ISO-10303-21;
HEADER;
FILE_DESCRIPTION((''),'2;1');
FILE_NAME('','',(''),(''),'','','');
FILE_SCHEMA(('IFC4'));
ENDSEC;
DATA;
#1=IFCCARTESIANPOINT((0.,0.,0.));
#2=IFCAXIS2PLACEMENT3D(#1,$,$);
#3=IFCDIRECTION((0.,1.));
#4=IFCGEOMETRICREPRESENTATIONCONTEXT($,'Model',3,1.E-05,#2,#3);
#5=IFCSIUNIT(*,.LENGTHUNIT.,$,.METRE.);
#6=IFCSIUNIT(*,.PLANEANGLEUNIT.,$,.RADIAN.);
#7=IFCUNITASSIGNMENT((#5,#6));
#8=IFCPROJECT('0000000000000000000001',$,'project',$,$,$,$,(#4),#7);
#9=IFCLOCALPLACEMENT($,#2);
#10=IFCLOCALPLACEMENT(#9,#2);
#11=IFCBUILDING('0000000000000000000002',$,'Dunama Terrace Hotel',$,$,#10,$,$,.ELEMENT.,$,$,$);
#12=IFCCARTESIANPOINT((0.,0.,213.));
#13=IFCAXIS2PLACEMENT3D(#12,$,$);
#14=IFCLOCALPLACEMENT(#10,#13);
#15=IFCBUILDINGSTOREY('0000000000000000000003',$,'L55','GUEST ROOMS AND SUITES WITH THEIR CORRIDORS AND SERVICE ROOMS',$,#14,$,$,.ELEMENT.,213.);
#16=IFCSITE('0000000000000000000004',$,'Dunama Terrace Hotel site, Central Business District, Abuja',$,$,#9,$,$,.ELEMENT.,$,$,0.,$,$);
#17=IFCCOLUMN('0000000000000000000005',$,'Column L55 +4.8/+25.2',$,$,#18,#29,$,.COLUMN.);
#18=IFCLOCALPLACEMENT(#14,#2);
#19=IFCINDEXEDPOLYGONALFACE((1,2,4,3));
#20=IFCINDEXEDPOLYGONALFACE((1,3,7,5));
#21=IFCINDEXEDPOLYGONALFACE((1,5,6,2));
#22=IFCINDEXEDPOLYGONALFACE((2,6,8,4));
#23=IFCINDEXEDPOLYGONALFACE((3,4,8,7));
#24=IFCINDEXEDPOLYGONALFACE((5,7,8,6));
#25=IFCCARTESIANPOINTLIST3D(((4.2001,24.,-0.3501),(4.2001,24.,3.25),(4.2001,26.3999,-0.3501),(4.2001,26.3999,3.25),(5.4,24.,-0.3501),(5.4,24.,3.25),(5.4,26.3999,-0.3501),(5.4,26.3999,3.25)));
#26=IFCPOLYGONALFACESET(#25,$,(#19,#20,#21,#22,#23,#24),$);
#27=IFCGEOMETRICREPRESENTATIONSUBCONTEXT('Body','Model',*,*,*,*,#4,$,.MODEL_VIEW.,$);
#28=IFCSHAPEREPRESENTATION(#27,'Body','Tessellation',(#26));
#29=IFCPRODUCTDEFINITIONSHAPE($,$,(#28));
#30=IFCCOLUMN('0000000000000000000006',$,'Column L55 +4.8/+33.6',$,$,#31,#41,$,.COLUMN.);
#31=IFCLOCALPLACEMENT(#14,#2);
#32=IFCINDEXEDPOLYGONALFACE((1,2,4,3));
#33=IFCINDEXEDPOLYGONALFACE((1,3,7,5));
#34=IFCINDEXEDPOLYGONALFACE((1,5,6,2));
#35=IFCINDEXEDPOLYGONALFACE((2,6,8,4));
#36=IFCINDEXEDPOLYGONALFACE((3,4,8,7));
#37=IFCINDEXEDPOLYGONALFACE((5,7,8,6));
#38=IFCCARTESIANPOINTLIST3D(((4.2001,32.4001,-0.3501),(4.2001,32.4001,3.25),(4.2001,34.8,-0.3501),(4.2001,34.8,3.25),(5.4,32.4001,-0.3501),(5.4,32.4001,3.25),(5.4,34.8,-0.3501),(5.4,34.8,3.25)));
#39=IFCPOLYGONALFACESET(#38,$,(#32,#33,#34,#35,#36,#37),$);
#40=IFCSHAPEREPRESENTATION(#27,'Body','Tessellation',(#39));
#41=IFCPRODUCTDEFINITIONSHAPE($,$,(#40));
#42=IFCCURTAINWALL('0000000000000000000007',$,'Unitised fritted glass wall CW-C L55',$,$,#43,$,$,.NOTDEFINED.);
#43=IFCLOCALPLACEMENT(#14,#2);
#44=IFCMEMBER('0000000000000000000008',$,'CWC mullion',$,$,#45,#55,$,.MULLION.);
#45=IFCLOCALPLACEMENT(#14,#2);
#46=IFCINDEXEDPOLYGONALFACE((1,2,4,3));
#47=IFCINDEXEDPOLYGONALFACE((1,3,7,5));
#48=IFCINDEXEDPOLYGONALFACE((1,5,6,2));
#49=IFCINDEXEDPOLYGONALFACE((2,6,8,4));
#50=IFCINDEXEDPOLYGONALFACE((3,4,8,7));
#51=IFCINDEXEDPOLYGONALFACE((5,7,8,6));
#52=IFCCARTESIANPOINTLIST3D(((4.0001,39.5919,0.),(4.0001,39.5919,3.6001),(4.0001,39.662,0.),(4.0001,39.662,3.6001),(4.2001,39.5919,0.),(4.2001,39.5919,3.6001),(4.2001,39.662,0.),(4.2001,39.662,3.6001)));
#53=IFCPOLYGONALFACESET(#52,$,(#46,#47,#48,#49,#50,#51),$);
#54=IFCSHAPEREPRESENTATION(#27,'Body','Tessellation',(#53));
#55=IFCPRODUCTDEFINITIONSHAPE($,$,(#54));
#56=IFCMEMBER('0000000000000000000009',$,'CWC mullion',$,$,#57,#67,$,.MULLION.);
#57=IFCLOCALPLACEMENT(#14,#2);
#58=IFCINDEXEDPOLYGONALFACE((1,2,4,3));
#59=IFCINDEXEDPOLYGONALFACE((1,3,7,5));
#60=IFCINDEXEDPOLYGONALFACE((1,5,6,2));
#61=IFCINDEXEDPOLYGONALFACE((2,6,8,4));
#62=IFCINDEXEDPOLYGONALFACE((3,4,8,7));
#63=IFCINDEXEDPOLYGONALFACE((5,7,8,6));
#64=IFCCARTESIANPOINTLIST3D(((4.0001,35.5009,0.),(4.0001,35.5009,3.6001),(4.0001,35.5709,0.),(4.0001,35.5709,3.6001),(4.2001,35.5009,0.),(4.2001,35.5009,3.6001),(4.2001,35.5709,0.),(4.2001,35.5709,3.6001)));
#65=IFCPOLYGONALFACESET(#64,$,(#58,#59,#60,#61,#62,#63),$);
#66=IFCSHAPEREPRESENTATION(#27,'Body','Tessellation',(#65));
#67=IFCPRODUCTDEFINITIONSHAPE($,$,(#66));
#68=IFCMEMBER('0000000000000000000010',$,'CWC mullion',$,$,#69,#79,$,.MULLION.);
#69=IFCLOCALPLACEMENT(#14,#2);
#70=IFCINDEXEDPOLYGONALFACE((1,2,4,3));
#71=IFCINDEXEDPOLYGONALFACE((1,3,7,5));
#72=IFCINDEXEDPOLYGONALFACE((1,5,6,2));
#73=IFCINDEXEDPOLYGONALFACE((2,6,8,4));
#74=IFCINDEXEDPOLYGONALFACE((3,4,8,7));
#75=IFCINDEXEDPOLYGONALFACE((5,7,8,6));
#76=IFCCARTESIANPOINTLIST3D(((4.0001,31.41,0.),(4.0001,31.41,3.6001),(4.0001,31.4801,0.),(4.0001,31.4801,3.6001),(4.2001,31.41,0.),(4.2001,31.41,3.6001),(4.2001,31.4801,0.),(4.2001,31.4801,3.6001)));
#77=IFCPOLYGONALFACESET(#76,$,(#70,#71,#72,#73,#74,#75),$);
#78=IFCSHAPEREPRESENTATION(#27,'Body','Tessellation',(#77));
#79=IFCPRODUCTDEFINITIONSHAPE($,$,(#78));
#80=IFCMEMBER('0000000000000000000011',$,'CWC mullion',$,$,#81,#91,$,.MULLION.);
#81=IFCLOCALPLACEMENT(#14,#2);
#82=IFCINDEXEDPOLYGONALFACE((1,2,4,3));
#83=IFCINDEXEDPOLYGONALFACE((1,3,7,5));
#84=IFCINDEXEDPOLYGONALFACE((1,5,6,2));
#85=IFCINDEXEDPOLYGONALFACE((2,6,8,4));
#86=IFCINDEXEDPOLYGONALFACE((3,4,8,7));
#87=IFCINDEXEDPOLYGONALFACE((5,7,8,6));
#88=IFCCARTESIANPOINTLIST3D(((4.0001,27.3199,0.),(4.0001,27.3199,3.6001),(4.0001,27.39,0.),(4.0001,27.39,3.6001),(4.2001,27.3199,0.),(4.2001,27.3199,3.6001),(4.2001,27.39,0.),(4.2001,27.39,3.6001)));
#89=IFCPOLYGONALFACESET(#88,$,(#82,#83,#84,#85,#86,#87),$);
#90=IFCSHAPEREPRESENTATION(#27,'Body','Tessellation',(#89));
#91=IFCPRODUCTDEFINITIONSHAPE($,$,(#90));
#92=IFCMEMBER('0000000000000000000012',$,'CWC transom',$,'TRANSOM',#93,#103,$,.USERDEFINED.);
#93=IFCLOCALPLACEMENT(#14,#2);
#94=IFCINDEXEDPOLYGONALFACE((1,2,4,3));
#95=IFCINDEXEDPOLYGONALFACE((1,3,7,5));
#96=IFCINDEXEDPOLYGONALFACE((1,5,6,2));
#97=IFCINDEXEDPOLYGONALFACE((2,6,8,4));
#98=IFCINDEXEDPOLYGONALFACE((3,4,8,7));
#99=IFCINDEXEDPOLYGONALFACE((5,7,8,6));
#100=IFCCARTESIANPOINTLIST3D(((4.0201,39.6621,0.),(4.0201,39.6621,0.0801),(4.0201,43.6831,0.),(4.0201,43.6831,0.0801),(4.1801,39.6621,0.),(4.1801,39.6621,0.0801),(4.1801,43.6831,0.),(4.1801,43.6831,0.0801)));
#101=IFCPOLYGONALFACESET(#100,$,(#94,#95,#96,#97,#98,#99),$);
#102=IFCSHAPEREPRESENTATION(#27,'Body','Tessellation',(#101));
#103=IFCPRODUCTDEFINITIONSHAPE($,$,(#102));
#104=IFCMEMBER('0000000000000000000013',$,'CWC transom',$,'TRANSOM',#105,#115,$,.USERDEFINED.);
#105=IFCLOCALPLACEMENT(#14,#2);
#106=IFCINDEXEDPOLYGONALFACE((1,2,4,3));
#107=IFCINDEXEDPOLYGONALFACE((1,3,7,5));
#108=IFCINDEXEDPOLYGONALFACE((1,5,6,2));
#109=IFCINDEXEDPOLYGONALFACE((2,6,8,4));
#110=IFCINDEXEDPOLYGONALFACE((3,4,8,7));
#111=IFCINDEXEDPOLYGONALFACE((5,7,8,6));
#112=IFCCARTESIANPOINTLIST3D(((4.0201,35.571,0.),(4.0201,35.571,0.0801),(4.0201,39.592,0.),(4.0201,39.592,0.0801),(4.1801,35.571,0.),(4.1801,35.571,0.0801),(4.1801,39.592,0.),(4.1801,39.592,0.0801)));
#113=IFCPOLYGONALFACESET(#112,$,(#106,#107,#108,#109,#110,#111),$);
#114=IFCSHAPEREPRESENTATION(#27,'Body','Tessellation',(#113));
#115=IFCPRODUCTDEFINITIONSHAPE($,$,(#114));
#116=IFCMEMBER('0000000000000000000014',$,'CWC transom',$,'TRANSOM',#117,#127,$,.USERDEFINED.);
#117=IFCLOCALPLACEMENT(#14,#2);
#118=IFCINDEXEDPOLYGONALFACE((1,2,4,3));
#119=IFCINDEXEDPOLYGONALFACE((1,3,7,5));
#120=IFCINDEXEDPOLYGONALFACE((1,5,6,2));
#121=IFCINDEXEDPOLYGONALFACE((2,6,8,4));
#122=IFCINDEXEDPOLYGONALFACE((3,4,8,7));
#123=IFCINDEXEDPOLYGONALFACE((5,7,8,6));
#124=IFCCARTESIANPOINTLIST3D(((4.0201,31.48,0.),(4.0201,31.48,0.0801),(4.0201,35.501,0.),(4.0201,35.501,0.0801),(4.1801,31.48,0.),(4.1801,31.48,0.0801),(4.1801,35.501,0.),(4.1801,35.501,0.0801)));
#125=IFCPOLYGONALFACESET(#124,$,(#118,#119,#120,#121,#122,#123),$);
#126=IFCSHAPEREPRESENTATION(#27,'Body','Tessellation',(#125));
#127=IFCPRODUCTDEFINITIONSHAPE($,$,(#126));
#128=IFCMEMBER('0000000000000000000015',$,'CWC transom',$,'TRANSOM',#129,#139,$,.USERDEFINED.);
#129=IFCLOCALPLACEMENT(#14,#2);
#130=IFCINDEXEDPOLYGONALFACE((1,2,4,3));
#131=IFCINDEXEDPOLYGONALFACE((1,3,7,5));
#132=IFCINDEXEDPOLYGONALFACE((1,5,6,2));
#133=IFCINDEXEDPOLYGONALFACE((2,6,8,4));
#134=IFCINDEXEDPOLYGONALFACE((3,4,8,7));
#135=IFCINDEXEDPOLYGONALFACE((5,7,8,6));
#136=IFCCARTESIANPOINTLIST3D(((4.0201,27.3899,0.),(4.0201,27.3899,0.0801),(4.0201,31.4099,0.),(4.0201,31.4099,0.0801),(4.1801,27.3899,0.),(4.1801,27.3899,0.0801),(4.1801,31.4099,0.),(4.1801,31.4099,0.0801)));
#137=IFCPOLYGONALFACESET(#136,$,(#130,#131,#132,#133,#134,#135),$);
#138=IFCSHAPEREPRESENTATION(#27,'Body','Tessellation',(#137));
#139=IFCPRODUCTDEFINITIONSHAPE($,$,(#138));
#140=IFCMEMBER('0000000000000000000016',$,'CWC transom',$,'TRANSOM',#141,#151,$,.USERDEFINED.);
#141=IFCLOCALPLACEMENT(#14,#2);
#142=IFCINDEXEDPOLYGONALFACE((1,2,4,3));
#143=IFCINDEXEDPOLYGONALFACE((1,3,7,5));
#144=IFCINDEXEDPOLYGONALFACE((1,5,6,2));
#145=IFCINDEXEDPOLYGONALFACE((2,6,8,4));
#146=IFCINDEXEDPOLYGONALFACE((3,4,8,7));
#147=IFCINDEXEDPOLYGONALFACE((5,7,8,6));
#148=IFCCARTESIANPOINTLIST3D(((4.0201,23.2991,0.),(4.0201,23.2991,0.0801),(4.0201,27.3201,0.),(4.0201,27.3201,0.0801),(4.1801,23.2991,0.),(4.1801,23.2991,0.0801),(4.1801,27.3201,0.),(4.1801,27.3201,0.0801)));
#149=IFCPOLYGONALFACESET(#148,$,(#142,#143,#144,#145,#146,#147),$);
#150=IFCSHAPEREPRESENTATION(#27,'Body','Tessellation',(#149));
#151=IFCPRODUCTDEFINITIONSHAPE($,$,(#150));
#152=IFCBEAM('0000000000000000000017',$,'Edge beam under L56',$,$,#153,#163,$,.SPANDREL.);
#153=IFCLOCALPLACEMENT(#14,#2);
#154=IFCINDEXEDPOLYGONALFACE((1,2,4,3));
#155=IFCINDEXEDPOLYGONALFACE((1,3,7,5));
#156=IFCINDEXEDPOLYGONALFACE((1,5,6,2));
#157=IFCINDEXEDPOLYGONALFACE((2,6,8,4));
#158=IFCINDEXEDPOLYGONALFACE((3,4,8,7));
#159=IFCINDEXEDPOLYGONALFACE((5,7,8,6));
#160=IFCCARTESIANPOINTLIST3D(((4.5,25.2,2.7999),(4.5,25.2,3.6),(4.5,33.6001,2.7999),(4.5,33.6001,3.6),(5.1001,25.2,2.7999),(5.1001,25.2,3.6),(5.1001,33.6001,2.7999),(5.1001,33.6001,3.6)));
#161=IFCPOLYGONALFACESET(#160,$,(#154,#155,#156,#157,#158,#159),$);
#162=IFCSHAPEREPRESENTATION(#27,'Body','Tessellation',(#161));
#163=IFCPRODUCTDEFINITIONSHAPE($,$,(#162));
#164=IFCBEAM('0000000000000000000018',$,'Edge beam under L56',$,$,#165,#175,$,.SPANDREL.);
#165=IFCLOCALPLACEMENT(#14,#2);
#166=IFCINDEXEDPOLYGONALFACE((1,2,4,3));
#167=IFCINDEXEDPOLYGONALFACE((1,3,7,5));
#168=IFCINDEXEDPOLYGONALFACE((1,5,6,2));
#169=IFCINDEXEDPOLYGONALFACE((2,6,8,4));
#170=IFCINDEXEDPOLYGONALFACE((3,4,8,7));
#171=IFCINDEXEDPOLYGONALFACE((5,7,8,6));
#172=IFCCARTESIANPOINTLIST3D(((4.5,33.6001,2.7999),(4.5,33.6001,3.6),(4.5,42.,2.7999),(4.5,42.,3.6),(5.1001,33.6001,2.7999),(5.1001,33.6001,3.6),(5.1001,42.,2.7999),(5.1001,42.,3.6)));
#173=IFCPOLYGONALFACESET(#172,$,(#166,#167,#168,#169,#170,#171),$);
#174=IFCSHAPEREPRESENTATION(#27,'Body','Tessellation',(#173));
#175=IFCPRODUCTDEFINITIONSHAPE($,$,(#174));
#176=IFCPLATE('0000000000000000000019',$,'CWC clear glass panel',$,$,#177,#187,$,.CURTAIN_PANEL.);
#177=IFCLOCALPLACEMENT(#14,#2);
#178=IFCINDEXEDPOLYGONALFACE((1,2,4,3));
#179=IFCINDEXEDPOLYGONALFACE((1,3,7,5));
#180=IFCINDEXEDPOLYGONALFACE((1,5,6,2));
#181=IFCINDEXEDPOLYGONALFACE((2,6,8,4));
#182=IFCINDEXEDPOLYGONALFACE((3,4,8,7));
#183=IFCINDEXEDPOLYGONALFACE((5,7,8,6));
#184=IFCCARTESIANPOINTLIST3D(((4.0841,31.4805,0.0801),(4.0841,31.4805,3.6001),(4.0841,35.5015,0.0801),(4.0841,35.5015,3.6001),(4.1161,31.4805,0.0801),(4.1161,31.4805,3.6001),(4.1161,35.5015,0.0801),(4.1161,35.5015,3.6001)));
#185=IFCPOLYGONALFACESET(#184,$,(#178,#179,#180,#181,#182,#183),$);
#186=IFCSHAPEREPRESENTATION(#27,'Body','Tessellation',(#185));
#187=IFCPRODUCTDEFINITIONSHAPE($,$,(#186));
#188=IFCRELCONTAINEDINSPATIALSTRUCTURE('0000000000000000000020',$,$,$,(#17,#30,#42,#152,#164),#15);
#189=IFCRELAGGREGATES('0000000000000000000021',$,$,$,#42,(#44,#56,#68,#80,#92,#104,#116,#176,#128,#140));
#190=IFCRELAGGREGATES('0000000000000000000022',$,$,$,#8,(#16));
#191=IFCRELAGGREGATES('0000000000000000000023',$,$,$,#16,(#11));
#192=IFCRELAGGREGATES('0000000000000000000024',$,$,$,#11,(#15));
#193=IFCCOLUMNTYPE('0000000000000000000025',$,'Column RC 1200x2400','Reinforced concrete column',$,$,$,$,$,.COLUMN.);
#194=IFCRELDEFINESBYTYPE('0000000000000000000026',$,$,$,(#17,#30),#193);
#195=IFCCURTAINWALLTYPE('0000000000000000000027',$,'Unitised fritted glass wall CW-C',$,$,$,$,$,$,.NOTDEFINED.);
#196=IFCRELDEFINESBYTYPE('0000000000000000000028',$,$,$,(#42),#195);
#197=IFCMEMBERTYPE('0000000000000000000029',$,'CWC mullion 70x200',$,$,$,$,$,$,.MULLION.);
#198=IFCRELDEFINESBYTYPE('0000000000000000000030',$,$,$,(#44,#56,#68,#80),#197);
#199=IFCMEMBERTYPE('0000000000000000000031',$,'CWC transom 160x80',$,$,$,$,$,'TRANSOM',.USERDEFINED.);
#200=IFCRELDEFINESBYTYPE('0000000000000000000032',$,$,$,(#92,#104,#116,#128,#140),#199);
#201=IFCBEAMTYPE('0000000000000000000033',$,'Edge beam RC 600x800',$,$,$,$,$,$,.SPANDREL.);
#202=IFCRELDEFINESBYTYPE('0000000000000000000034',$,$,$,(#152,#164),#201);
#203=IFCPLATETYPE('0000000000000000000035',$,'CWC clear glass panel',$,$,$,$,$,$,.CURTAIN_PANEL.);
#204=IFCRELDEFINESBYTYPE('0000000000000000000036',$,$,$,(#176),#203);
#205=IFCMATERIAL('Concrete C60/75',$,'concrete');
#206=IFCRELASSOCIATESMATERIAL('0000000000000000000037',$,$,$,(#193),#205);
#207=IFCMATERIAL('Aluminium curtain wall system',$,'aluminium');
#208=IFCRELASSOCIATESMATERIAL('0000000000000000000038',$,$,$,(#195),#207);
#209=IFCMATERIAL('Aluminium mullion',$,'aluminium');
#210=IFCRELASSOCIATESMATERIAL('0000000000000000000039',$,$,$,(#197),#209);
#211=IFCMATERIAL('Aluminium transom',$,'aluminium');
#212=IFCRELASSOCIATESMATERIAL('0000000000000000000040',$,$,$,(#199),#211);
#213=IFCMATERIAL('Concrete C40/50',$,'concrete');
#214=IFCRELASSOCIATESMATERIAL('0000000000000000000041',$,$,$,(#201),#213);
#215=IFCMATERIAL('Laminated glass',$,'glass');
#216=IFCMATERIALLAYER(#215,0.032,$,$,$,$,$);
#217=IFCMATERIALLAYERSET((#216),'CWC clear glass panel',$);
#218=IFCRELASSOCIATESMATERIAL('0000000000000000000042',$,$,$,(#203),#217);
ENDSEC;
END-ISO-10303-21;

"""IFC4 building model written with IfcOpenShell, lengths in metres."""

from ifc_helpers import new_model, si_unit, direction, frame, origin, origin_2d, place, context, subcontext, project, spatial, rectangle, extrude, material, layer, layer_set, material_profile, profile_set, type_object, element, aggregate, save


model = new_model("IFC4")

# Units and contexts
model_context = context("Model", 3, precision=1e-05, world=origin(), true_north=direction((0.0, 1.0)))
body_context = subcontext(model_context, "Body", "Model", "MODEL_VIEW")
ifc_project = project(units=[si_unit("LENGTHUNIT", "METRE"), si_unit("PLANEANGLEUNIT", "RADIAN")], contexts=[model_context])

# Site, building, storey
site_placement = place(None, origin())
site = spatial("IfcSite", under=ifc_project, at=site_placement, Name="Dunama Terrace Hotel site, Central Business District, Abuja", CompositionType="ELEMENT", RefElevation=0.0)
building_placement = place(site_placement, origin())
building = spatial("IfcBuilding", under=site, at=building_placement, Name="Dunama Terrace Hotel", CompositionType="ELEMENT")
storey_placement = place(building_placement, frame((0.0, 0.0, 213.0)))
storey = spatial("IfcBuildingStorey", under=building, at=storey_placement, Name="L55", Description="GUEST ROOMS AND SUITES WITH THEIR CORRIDORS AND SERVICE ROOMS", CompositionType="ELEMENT", Elevation=213.0)

# Columns
ifc_material_1 = material(Name="Concrete C60/75", Category="concrete")
ifc_material_profile_1 = material_profile(ifc_material_1, rectangle(XDim=1.2, YDim=2.3999, at=origin_2d()), Name="RC 1200x2400")
ifc_profile_set_1 = profile_set([ifc_material_profile_1], Name="Concrete C60/75")
column_type = type_object("IfcColumnType", Name="Column RC 1200x2400", Description="Reinforced concrete column", PredefinedType="COLUMN", material=ifc_profile_set_1)
for number, where, z_axis, x_axis, name in (
    (1, (4.8, 25.2, -0.3501), (0.0, 0.0, 1.0), (1.0, 0.0, 0.0), "Column L55 +4.8/+25.2"),
    (2, (4.8, 33.6001, -0.3501), (0.0, 0.0, 1.0), (1.0, 0.0, 0.0), "Column L55 +4.8/+33.6"),
):
    element("IfcColumn", number, at=place(storey_placement, frame(where, z_axis=z_axis, x_axis=x_axis)), inside=storey, type_object=column_type, Name=name, PredefinedType="COLUMN", context=body_context, shape_type="SweptSolid", body=[
        extrude(rectangle(XDim=1.2, YDim=2.3999, at=origin_2d()), origin(), (0.0, 0.0, 1.0), 3.6001),
    ])

# Curtain wall, members
ifc_material_2 = material(Name="Aluminium curtain wall system", Category="aluminium")
curtain_wall_type = type_object("IfcCurtainWallType", Name="Unitised fritted glass wall CW-C", PredefinedType="NOTDEFINED", material=ifc_material_2)
curtain_wall_placement = place(storey_placement, origin())
curtain_wall = element("IfcCurtainWall", 3, at=curtain_wall_placement, inside=storey, type_object=curtain_wall_type, Name="Unitised fritted glass wall CW-C L55", PredefinedType="NOTDEFINED")
ifc_material_3 = material(Name="Aluminium mullion", Category="aluminium")
ifc_material_profile_2 = material_profile(ifc_material_3, rectangle(XDim=0.0701, YDim=0.2, at=origin_2d()), Name="CWC MULLION 70X200")
ifc_profile_set_2 = profile_set([ifc_material_profile_2], Name="Aluminium mullion")
member_type_1 = type_object("IfcMemberType", Name="CWC mullion 70x200", PredefinedType="MULLION", material=ifc_profile_set_2)
member_1_placement = place(storey_placement, frame((4.1001, 39.627, 0.0), z_axis=(0.0, 0.0, 1.0), x_axis=(0.0, -1.0, 0.0)))
member_1 = element("IfcMember", 4, at=member_1_placement, type_object=member_type_1, Name="CWC mullion", PredefinedType="MULLION", context=body_context, shape_type="SweptSolid", body=[
    extrude(rectangle(XDim=0.0701, YDim=0.2, at=origin_2d()), origin(), (0.0, 0.0, 1.0), 3.6001),
])
member_2_placement = place(storey_placement, frame((4.1001, 35.5359, 0.0), z_axis=(0.0, 0.0, 1.0), x_axis=(0.0, -1.0, 0.0)))
member_2 = element("IfcMember", 5, at=member_2_placement, type_object=member_type_1, Name="CWC mullion", PredefinedType="MULLION", context=body_context, shape_type="SweptSolid", body=[
    extrude(rectangle(XDim=0.0701, YDim=0.2, at=origin_2d()), origin(), (0.0, 0.0, 1.0), 3.6001),
])
member_3_placement = place(storey_placement, frame((4.1001, 31.4451, 0.0), z_axis=(0.0, 0.0, 1.0), x_axis=(0.0, -1.0, 0.0)))
member_3 = element("IfcMember", 6, at=member_3_placement, type_object=member_type_1, Name="CWC mullion", PredefinedType="MULLION", context=body_context, shape_type="SweptSolid", body=[
    extrude(rectangle(XDim=0.0701, YDim=0.2, at=origin_2d()), origin(), (0.0, 0.0, 1.0), 3.6001),
])
member_4_placement = place(storey_placement, frame((4.1001, 27.355, 0.0), z_axis=(0.0, 0.0, 1.0), x_axis=(0.0, -1.0, 0.0)))
member_4 = element("IfcMember", 7, at=member_4_placement, type_object=member_type_1, Name="CWC mullion", PredefinedType="MULLION", context=body_context, shape_type="SweptSolid", body=[
    extrude(rectangle(XDim=0.0701, YDim=0.2, at=origin_2d()), origin(), (0.0, 0.0, 1.0), 3.6001),
])
ifc_material_4 = material(Name="Aluminium transom", Category="aluminium")
ifc_material_profile_3 = material_profile(ifc_material_4, rectangle(XDim=0.1599, YDim=0.0801, at=origin_2d()), Name="CWC TRANSOM 160X80")
ifc_profile_set_3 = profile_set([ifc_material_profile_3], Name="Aluminium transom")
member_type_2 = type_object("IfcMemberType", Name="CWC transom 160x80", ElementType="TRANSOM", PredefinedType="USERDEFINED", material=ifc_profile_set_3)
member_5_placement = place(storey_placement, frame((4.1001, 43.6831, 0.04), z_axis=(0.0, -1.0, 0.0), x_axis=(1.0, 0.0, 0.0)))
member_5 = element("IfcMember", 8, at=member_5_placement, type_object=member_type_2, Name="CWC transom", ObjectType="TRANSOM", PredefinedType="USERDEFINED", context=body_context, shape_type="SweptSolid", body=[
    extrude(rectangle(XDim=0.1599, YDim=0.0801, at=origin_2d()), origin(), (0.0, 0.0, 1.0), 4.021),
])
member_6_placement = place(storey_placement, frame((4.1001, 39.592, 0.04), z_axis=(0.0, -1.0, 0.0), x_axis=(1.0, 0.0, 0.0)))
member_6 = element("IfcMember", 9, at=member_6_placement, type_object=member_type_2, Name="CWC transom", ObjectType="TRANSOM", PredefinedType="USERDEFINED", context=body_context, shape_type="SweptSolid", body=[
    extrude(rectangle(XDim=0.1599, YDim=0.0801, at=origin_2d()), origin(), (0.0, 0.0, 1.0), 4.021),
])
member_7_placement = place(storey_placement, frame((4.1001, 35.501, 0.04), z_axis=(0.0, -1.0, 0.0), x_axis=(1.0, 0.0, 0.0)))
member_7 = element("IfcMember", 10, at=member_7_placement, type_object=member_type_2, Name="CWC transom", ObjectType="TRANSOM", PredefinedType="USERDEFINED", context=body_context, shape_type="SweptSolid", body=[
    extrude(rectangle(XDim=0.1599, YDim=0.0801, at=origin_2d()), origin(), (0.0, 0.0, 1.0), 4.021),
])
member_8_placement = place(storey_placement, frame((4.1001, 31.4099, 0.04), z_axis=(0.0, -1.0, 0.0), x_axis=(1.0, 0.0, 0.0)))
member_8 = element("IfcMember", 11, at=member_8_placement, type_object=member_type_2, Name="CWC transom", ObjectType="TRANSOM", PredefinedType="USERDEFINED", context=body_context, shape_type="SweptSolid", body=[
    extrude(rectangle(XDim=0.1599, YDim=0.0801, at=origin_2d()), origin(), (0.0, 0.0, 1.0), 4.02),
])
member_9_placement = place(storey_placement, frame((4.1001, 27.3201, 0.04), z_axis=(0.0, -1.0, 0.0), x_axis=(1.0, 0.0, 0.0)))
member_9 = element("IfcMember", 12, at=member_9_placement, type_object=member_type_2, Name="CWC transom", ObjectType="TRANSOM", PredefinedType="USERDEFINED", context=body_context, shape_type="SweptSolid", body=[
    extrude(rectangle(XDim=0.1599, YDim=0.0801, at=origin_2d()), origin(), (0.0, 0.0, 1.0), 4.021),
])

# Beams
ifc_material_5 = material(Name="Concrete C40/50", Category="concrete")
ifc_material_profile_4 = material_profile(ifc_material_5, rectangle(XDim=0.6001, YDim=0.8, at=origin_2d()), Name="RC 600x800")
ifc_profile_set_4 = profile_set([ifc_material_profile_4], Name="Concrete C40/50")
beam_type = type_object("IfcBeamType", Name="Edge beam RC 600x800", PredefinedType="SPANDREL", material=ifc_profile_set_4)
beam_1_placement = place(storey_placement, frame((4.8, 25.2, 3.2), z_axis=(0.0, 1.0, 0.0), x_axis=(-1.0, 0.0, 0.0)))
element("IfcBeam", 13, at=beam_1_placement, inside=storey, type_object=beam_type, Name="Edge beam under L56", PredefinedType="SPANDREL", context=body_context, shape_type="SweptSolid", body=[
    extrude(rectangle(XDim=0.6001, YDim=0.8, at=origin_2d()), origin(), (0.0, 0.0, 1.0), 8.4001),
])
beam_2_placement = place(storey_placement, frame((4.8, 33.6001, 3.2), z_axis=(0.0, 1.0, 0.0), x_axis=(-1.0, 0.0, 0.0)))
element("IfcBeam", 14, at=beam_2_placement, inside=storey, type_object=beam_type, Name="Edge beam under L56", PredefinedType="SPANDREL", context=body_context, shape_type="SweptSolid", body=[
    extrude(rectangle(XDim=0.6001, YDim=0.8, at=origin_2d()), origin(), (0.0, 0.0, 1.0), 8.3999),
])

# Plate
ifc_material_6 = material(Name="Laminated glass", Category="glass")
ifc_layer_1 = layer(ifc_material_6, 0.032)
ifc_layer_set_1 = layer_set([ifc_layer_1], Name="CWC clear glass panel")
plate_type_1 = type_object("IfcPlateType", Name="CWC clear glass panel", PredefinedType="CURTAIN_PANEL", material=ifc_layer_set_1)
plate_1_placement = place(storey_placement, frame((4.1001, 33.491, 0.0801), z_axis=(0.0, 0.0, 1.0), x_axis=(0.0, -1.0, 0.0)))
plate_1 = element("IfcPlate", 15, at=plate_1_placement, type_object=plate_type_1, Name="CWC clear glass panel", PredefinedType="CURTAIN_PANEL", context=body_context, shape_type="SweptSolid", body=[
    extrude(rectangle(XDim=4.021, YDim=0.032, at=origin_2d()), origin(), (0.0, 0.0, 1.0), 3.52),
])
aggregate(curtain_wall, [member_1, member_2, member_3, member_4, member_5, member_6, member_7, plate_1, member_8, member_9])

save(model, "model.ifc")
